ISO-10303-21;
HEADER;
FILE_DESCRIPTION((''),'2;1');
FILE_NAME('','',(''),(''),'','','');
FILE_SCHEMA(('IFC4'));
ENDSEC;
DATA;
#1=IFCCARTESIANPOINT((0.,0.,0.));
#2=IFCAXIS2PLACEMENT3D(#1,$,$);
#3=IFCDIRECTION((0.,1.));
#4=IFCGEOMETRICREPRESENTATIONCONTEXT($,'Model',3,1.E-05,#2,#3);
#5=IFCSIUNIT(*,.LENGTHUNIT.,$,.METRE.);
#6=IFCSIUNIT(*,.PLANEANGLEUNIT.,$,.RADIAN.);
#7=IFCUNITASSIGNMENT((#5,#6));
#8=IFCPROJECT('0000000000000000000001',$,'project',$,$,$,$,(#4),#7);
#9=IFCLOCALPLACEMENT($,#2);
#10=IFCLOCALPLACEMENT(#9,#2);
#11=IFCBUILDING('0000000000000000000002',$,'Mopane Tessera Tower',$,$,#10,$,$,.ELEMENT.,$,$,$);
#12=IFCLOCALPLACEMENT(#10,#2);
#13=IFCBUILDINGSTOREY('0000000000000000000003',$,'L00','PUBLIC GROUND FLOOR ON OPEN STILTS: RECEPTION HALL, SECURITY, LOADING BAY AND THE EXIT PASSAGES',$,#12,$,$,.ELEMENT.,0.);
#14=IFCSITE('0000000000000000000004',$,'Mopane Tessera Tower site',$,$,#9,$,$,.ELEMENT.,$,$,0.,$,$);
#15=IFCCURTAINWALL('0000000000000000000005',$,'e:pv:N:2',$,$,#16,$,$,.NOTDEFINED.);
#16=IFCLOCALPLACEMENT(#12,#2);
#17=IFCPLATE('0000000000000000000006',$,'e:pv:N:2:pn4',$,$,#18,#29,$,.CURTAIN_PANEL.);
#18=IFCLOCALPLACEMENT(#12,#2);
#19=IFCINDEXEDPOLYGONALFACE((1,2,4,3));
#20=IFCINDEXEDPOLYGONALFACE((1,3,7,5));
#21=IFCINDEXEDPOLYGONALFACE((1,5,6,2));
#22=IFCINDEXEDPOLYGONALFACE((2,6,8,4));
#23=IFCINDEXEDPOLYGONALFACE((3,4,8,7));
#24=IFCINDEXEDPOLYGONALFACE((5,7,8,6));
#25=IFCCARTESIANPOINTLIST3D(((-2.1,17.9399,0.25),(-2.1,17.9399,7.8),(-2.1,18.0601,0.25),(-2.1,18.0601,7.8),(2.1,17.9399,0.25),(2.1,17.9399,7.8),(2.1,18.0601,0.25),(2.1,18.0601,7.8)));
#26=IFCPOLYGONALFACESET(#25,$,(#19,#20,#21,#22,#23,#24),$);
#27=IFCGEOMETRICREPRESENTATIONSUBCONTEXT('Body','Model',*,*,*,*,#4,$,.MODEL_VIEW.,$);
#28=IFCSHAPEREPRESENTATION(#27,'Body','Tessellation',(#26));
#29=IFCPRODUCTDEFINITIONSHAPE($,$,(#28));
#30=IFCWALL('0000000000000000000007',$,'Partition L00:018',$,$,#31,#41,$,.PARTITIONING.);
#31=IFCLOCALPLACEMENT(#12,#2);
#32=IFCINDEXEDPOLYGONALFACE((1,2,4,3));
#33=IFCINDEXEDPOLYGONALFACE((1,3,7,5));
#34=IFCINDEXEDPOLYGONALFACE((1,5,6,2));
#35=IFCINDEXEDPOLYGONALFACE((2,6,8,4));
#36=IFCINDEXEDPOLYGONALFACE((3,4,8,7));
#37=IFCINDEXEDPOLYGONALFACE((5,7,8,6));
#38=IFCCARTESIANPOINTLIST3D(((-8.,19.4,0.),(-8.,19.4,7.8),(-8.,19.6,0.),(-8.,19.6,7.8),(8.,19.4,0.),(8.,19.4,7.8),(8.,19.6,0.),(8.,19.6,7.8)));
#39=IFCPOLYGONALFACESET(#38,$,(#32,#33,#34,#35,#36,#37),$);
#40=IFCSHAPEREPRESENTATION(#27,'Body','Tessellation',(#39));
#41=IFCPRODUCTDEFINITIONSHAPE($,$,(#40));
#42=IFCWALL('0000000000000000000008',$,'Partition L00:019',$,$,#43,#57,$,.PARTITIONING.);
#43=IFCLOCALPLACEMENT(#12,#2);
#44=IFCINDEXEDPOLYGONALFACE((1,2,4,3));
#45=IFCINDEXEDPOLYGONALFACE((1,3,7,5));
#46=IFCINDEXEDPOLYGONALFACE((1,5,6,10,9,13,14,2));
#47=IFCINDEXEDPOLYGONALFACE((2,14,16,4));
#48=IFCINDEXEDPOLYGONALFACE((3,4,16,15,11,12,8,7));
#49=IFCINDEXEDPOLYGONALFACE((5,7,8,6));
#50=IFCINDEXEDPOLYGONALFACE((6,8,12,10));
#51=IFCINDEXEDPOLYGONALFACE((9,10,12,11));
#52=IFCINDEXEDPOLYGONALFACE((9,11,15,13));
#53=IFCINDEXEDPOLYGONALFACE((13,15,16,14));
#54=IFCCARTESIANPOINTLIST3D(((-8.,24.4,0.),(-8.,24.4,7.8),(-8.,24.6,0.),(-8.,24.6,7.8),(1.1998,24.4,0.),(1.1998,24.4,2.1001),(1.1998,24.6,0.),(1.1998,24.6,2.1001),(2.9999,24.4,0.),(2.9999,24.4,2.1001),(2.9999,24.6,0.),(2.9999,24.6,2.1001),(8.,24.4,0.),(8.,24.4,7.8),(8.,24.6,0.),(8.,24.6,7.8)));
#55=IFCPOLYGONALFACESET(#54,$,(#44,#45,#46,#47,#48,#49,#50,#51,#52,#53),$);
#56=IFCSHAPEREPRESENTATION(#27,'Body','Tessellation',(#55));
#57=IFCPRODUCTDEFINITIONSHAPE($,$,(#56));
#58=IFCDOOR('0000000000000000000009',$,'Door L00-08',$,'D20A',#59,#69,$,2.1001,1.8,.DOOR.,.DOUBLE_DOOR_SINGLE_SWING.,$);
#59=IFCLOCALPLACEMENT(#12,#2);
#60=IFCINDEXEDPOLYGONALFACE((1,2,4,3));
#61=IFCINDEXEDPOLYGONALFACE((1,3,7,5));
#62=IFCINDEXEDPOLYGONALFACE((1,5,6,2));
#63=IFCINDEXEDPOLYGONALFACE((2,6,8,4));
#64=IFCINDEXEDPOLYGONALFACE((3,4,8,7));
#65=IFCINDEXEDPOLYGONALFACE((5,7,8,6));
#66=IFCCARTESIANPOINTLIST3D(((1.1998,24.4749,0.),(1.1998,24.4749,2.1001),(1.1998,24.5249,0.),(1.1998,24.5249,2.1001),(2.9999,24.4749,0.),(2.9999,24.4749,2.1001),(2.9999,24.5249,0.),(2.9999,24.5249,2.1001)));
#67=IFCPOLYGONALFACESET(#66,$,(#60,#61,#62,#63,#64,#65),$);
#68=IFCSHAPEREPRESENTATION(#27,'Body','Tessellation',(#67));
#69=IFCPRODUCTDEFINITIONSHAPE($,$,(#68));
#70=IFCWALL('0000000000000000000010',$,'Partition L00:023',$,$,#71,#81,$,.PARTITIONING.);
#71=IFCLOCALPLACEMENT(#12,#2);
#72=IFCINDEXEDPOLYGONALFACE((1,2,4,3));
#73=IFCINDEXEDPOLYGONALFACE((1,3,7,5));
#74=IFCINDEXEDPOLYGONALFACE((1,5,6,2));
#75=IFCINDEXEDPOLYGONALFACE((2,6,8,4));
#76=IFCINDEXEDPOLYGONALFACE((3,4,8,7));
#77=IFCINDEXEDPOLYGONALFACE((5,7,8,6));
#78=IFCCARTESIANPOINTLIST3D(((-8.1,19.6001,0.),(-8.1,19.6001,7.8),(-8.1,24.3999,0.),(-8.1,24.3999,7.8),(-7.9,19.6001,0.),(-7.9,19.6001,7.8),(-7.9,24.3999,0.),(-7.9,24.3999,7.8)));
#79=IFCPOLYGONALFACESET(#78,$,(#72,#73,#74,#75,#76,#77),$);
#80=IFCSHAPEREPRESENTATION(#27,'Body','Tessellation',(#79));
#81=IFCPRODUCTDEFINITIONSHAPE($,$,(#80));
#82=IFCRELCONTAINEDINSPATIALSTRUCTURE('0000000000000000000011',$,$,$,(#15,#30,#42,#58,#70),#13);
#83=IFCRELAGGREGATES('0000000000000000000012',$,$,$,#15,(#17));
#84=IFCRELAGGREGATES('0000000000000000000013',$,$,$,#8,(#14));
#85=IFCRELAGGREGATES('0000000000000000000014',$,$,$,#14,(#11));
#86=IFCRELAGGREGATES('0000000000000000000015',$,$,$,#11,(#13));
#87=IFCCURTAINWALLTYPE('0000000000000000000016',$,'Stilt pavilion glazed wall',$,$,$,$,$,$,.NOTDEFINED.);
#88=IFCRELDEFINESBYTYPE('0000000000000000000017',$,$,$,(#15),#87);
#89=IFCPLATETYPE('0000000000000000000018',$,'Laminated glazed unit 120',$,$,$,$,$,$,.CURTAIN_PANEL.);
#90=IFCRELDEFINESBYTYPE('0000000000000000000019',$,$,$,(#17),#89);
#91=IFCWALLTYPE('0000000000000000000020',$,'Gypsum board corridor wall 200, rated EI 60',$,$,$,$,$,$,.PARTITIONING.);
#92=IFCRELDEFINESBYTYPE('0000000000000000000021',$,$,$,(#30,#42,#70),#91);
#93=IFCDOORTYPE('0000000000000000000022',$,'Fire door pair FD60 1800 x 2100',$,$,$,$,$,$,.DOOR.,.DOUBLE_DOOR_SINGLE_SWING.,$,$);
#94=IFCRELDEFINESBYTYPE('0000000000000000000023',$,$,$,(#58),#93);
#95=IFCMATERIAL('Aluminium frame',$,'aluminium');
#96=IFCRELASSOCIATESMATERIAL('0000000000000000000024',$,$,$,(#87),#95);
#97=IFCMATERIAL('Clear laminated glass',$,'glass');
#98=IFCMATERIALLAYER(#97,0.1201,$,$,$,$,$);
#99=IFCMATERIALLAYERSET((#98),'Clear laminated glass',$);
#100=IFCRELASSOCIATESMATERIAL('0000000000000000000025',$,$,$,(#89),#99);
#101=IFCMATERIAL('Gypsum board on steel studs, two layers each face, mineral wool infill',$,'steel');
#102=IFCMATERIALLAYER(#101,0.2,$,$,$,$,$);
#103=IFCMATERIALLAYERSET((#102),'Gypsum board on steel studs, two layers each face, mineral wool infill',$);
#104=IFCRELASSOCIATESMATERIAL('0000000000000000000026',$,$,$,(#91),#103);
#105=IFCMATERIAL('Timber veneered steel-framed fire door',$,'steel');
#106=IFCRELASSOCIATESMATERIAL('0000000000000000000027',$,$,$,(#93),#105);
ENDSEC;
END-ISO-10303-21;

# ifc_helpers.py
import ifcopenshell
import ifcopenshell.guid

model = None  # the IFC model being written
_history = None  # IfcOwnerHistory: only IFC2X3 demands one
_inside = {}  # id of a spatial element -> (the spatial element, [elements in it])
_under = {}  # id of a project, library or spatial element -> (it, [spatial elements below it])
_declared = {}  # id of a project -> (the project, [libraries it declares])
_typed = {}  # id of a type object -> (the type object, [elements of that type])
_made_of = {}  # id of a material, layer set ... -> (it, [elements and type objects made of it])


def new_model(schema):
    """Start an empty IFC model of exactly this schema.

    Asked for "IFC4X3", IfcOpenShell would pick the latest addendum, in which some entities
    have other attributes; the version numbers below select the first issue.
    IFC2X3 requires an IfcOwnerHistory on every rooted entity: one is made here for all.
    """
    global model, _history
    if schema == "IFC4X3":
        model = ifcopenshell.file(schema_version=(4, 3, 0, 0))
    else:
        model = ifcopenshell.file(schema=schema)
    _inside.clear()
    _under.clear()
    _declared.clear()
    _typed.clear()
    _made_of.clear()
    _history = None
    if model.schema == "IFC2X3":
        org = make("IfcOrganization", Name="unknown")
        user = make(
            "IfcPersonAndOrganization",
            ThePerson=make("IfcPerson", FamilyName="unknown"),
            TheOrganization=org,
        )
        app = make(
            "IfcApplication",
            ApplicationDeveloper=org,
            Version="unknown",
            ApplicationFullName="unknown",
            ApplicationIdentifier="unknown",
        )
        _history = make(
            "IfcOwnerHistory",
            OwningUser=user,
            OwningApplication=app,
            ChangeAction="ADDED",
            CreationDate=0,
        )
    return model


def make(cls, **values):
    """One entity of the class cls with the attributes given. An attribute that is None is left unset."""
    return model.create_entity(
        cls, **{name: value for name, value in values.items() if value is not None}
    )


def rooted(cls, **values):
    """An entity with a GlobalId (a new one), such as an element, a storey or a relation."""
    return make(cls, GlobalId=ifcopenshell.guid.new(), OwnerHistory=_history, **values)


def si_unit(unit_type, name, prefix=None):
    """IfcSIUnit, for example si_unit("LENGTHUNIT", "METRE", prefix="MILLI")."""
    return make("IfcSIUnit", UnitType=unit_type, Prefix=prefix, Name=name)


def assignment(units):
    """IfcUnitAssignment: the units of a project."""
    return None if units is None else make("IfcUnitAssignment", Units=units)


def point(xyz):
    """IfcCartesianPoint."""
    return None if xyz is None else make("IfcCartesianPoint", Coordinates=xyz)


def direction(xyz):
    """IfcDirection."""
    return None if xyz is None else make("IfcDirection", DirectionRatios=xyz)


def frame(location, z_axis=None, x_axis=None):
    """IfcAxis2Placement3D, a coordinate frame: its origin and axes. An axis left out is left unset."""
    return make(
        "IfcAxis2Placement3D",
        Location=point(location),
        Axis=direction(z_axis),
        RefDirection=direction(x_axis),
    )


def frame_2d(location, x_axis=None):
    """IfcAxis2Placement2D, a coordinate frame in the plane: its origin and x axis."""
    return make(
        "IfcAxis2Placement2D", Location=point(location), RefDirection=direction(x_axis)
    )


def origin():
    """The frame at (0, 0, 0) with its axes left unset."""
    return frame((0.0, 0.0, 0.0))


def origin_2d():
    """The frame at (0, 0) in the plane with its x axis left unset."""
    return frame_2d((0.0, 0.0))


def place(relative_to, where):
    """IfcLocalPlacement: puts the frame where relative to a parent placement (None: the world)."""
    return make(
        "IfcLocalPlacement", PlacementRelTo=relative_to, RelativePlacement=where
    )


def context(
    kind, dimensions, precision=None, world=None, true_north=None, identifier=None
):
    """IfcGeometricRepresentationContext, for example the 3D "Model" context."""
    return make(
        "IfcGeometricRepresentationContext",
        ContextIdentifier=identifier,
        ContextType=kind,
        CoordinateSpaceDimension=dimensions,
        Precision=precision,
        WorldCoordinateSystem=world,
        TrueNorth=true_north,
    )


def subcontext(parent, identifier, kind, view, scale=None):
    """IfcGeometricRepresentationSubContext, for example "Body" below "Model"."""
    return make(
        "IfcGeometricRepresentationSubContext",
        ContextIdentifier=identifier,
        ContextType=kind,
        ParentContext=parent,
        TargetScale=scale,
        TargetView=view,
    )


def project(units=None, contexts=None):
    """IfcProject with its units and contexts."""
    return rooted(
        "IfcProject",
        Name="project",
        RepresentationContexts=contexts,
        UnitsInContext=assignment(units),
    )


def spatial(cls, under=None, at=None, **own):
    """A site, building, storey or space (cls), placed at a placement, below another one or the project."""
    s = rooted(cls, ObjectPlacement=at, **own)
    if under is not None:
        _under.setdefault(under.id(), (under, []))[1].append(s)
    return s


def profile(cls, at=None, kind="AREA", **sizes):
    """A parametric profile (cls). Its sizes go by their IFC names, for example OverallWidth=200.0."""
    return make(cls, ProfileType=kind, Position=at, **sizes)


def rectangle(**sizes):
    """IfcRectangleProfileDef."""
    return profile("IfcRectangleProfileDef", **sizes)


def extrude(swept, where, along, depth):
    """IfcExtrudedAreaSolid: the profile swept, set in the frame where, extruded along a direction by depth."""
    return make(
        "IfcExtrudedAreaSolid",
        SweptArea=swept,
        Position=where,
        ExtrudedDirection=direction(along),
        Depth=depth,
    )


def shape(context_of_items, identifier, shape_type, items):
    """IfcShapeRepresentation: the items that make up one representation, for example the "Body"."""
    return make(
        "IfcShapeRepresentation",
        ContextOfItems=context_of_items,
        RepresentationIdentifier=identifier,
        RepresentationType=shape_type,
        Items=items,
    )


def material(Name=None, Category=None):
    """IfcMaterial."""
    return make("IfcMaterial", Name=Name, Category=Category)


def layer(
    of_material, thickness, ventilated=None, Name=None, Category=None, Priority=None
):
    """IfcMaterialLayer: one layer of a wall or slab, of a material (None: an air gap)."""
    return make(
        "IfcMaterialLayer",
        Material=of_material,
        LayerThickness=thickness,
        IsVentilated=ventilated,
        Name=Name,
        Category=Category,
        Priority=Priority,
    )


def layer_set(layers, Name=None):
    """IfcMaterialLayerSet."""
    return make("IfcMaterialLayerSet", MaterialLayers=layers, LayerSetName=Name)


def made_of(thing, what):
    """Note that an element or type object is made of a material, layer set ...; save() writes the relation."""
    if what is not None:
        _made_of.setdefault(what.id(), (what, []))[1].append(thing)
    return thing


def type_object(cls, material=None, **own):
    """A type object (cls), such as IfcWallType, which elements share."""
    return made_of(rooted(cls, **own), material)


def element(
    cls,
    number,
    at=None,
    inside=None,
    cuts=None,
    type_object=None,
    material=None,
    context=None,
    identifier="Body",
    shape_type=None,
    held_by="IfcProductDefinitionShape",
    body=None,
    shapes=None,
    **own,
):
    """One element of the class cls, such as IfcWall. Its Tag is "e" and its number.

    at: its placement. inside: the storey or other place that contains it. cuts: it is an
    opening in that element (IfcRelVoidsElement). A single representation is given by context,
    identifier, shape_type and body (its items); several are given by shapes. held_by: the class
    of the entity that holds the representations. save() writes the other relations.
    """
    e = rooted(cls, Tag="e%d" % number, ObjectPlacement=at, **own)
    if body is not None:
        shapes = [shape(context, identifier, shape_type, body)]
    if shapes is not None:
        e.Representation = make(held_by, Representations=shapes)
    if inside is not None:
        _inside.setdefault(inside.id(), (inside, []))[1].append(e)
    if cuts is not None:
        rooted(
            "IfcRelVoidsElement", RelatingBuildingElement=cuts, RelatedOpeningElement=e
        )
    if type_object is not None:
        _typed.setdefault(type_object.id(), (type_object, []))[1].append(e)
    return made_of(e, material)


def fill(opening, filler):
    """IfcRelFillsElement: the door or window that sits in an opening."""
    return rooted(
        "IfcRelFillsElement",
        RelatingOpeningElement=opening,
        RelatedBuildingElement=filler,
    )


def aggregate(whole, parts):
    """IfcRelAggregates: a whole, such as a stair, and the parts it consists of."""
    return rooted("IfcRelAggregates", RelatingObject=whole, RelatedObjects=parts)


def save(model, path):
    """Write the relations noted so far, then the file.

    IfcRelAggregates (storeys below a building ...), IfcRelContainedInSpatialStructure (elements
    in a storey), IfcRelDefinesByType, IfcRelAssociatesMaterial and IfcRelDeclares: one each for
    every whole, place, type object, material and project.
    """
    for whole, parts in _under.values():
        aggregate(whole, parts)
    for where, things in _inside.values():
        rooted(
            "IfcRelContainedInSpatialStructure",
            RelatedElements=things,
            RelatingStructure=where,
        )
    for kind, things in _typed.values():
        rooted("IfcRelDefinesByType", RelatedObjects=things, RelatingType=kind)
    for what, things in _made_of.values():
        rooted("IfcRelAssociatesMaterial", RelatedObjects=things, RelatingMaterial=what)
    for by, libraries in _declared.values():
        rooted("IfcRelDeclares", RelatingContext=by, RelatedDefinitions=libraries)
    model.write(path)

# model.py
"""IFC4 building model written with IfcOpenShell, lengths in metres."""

from ifc_helpers import new_model, si_unit, direction, frame, frame_2d, origin, origin_2d, place, context, subcontext, project, spatial, rectangle, extrude, material, layer, layer_set, type_object, element, fill, aggregate, save


model = new_model("IFC4")

# Units and contexts
model_context = context("Model", 3, precision=1e-05, world=origin(), true_north=direction((0.0, 1.0)))
body_context = subcontext(model_context, "Body", "Model", "MODEL_VIEW")
ifc_project = project(units=[si_unit("LENGTHUNIT", "METRE"), si_unit("PLANEANGLEUNIT", "RADIAN")], contexts=[model_context])

# Site, building, storey
site_placement = place(None, origin())
site = spatial("IfcSite", under=ifc_project, at=site_placement, Name="Mopane Tessera Tower site", CompositionType="ELEMENT", RefElevation=0.0)
building_placement = place(site_placement, origin())
building = spatial("IfcBuilding", under=site, at=building_placement, Name="Mopane Tessera Tower", CompositionType="ELEMENT")
storey_placement = place(building_placement, origin())
storey = spatial("IfcBuildingStorey", under=building, at=storey_placement, Name="L00", Description="PUBLIC GROUND FLOOR ON OPEN STILTS: RECEPTION HALL, SECURITY, LOADING BAY AND THE EXIT PASSAGES", CompositionType="ELEMENT", Elevation=0.0)

# Curtain wall, plate
ifc_material_1 = material(Name="Aluminium frame", Category="aluminium")
curtain_wall_type = type_object("IfcCurtainWallType", Name="Stilt pavilion glazed wall", PredefinedType="NOTDEFINED", material=ifc_material_1)
curtain_wall_placement = place(storey_placement, origin())
curtain_wall = element("IfcCurtainWall", 1, at=curtain_wall_placement, inside=storey, type_object=curtain_wall_type, Name="e:pv:N:2", PredefinedType="NOTDEFINED")
ifc_material_2 = material(Name="Clear laminated glass", Category="glass")
ifc_layer_1 = layer(ifc_material_2, 0.1201)
ifc_layer_set_1 = layer_set([ifc_layer_1], Name="Clear laminated glass")
plate_type = type_object("IfcPlateType", Name="Laminated glazed unit 120", PredefinedType="CURTAIN_PANEL", material=ifc_layer_set_1)
plate_1_placement = place(storey_placement, frame((0.0, 18.0, 0.25), z_axis=(0.0, 0.0, 1.0), x_axis=(1.0, 0.0, 0.0)))
plate_1 = element("IfcPlate", 2, at=plate_1_placement, type_object=plate_type, Name="e:pv:N:2:pn4", PredefinedType="CURTAIN_PANEL", context=body_context, shape_type="SweptSolid", body=[
    extrude(rectangle(XDim=4.2, YDim=0.1201, at=origin_2d()), origin(), (0.0, 0.0, 1.0), 7.55),
])
aggregate(curtain_wall, [plate_1])

# Wall
ifc_material_3 = material(Name="Gypsum board on steel studs, two layers each face, mineral wool infill", Category="steel")
ifc_layer_2 = layer(ifc_material_3, 0.2)
ifc_layer_set_2 = layer_set([ifc_layer_2], Name="Gypsum board on steel studs, two layers each face, mineral wool infill")
wall_type = type_object("IfcWallType", Name="Gypsum board corridor wall 200, rated EI 60", PredefinedType="PARTITIONING", material=ifc_layer_set_2)
wall_1_placement = place(storey_placement, frame((-8.0, 19.5, 0.0), z_axis=(0.0, 0.0, 1.0), x_axis=(1.0, 0.0, 0.0)))
element("IfcWall", 3, at=wall_1_placement, inside=storey, type_object=wall_type, Name="Partition L00:018", PredefinedType="PARTITIONING", context=body_context, shape_type="SweptSolid", body=[
    extrude(rectangle(XDim=16.0, YDim=0.2, at=frame_2d((8.0, 0.0))), origin(), (0.0, 0.0, 1.0), 7.8),
])

# Wall, opening, door
wall_2_placement = place(storey_placement, frame((-8.0, 24.5, 0.0), z_axis=(0.0, 0.0, 1.0), x_axis=(1.0, 0.0, 0.0)))
wall_2 = element("IfcWall", 4, at=wall_2_placement, inside=storey, type_object=wall_type, Name="Partition L00:019", PredefinedType="PARTITIONING", context=body_context, shape_type="SweptSolid", body=[
    extrude(rectangle(XDim=16.0, YDim=0.2, at=frame_2d((8.0, 0.0))), origin(), (0.0, 0.0, 1.0), 7.8),
])
opening_placement = place(wall_2_placement, frame((9.2, 0.0, 0.0)))
opening = element("IfcOpeningElement", 5, at=opening_placement, cuts=wall_2, PredefinedType="OPENING", context=body_context, shape_type="SweptSolid", body=[
    extrude(rectangle(XDim=1.8, YDim=2.1001, at=frame_2d((0.8999, 1.05))), frame((0.0, 0.1121, 0.0), z_axis=(0.0, -1.0, 0.0), x_axis=(1.0, 0.0, 0.0)), (0.0, 0.0, 1.0), 0.2239),
])
ifc_material_4 = material(Name="Timber veneered steel-framed fire door", Category="steel")
door_type = type_object("IfcDoorType", Name="Fire door pair FD60 1800 x 2100", OperationType="DOUBLE_DOOR_SINGLE_SWING", PredefinedType="DOOR", material=ifc_material_4)
door_placement = place(opening_placement, origin())
door = element("IfcDoor", 6, at=door_placement, inside=storey, type_object=door_type, Name="Door L00-08", ObjectType="D20A", OperationType="DOUBLE_DOOR_SINGLE_SWING", OverallHeight=2.1001, OverallWidth=1.8, PredefinedType="DOOR", context=body_context, shape_type="SweptSolid", body=[
    extrude(rectangle(XDim=1.8, YDim=2.1001, at=frame_2d((0.8999, 1.05))), frame((0.0, 0.0249, 0.0), z_axis=(0.0, -1.0, 0.0), x_axis=(1.0, 0.0, 0.0)), (0.0, 0.0, 1.0), 0.05),
])
fill(opening, door)

# Wall
wall_3_placement = place(storey_placement, frame((-8.0, 19.6001, 0.0), z_axis=(0.0, 0.0, 1.0), x_axis=(0.0, 1.0, 0.0)))
element("IfcWall", 7, at=wall_3_placement, inside=storey, type_object=wall_type, Name="Partition L00:023", PredefinedType="PARTITIONING", context=body_context, shape_type="SweptSolid", body=[
    extrude(rectangle(XDim=4.7998, YDim=0.2, at=frame_2d((2.3999, 0.0))), origin(), (0.0, 0.0, 1.0), 7.8),
])

save(model, "model.ifc")
